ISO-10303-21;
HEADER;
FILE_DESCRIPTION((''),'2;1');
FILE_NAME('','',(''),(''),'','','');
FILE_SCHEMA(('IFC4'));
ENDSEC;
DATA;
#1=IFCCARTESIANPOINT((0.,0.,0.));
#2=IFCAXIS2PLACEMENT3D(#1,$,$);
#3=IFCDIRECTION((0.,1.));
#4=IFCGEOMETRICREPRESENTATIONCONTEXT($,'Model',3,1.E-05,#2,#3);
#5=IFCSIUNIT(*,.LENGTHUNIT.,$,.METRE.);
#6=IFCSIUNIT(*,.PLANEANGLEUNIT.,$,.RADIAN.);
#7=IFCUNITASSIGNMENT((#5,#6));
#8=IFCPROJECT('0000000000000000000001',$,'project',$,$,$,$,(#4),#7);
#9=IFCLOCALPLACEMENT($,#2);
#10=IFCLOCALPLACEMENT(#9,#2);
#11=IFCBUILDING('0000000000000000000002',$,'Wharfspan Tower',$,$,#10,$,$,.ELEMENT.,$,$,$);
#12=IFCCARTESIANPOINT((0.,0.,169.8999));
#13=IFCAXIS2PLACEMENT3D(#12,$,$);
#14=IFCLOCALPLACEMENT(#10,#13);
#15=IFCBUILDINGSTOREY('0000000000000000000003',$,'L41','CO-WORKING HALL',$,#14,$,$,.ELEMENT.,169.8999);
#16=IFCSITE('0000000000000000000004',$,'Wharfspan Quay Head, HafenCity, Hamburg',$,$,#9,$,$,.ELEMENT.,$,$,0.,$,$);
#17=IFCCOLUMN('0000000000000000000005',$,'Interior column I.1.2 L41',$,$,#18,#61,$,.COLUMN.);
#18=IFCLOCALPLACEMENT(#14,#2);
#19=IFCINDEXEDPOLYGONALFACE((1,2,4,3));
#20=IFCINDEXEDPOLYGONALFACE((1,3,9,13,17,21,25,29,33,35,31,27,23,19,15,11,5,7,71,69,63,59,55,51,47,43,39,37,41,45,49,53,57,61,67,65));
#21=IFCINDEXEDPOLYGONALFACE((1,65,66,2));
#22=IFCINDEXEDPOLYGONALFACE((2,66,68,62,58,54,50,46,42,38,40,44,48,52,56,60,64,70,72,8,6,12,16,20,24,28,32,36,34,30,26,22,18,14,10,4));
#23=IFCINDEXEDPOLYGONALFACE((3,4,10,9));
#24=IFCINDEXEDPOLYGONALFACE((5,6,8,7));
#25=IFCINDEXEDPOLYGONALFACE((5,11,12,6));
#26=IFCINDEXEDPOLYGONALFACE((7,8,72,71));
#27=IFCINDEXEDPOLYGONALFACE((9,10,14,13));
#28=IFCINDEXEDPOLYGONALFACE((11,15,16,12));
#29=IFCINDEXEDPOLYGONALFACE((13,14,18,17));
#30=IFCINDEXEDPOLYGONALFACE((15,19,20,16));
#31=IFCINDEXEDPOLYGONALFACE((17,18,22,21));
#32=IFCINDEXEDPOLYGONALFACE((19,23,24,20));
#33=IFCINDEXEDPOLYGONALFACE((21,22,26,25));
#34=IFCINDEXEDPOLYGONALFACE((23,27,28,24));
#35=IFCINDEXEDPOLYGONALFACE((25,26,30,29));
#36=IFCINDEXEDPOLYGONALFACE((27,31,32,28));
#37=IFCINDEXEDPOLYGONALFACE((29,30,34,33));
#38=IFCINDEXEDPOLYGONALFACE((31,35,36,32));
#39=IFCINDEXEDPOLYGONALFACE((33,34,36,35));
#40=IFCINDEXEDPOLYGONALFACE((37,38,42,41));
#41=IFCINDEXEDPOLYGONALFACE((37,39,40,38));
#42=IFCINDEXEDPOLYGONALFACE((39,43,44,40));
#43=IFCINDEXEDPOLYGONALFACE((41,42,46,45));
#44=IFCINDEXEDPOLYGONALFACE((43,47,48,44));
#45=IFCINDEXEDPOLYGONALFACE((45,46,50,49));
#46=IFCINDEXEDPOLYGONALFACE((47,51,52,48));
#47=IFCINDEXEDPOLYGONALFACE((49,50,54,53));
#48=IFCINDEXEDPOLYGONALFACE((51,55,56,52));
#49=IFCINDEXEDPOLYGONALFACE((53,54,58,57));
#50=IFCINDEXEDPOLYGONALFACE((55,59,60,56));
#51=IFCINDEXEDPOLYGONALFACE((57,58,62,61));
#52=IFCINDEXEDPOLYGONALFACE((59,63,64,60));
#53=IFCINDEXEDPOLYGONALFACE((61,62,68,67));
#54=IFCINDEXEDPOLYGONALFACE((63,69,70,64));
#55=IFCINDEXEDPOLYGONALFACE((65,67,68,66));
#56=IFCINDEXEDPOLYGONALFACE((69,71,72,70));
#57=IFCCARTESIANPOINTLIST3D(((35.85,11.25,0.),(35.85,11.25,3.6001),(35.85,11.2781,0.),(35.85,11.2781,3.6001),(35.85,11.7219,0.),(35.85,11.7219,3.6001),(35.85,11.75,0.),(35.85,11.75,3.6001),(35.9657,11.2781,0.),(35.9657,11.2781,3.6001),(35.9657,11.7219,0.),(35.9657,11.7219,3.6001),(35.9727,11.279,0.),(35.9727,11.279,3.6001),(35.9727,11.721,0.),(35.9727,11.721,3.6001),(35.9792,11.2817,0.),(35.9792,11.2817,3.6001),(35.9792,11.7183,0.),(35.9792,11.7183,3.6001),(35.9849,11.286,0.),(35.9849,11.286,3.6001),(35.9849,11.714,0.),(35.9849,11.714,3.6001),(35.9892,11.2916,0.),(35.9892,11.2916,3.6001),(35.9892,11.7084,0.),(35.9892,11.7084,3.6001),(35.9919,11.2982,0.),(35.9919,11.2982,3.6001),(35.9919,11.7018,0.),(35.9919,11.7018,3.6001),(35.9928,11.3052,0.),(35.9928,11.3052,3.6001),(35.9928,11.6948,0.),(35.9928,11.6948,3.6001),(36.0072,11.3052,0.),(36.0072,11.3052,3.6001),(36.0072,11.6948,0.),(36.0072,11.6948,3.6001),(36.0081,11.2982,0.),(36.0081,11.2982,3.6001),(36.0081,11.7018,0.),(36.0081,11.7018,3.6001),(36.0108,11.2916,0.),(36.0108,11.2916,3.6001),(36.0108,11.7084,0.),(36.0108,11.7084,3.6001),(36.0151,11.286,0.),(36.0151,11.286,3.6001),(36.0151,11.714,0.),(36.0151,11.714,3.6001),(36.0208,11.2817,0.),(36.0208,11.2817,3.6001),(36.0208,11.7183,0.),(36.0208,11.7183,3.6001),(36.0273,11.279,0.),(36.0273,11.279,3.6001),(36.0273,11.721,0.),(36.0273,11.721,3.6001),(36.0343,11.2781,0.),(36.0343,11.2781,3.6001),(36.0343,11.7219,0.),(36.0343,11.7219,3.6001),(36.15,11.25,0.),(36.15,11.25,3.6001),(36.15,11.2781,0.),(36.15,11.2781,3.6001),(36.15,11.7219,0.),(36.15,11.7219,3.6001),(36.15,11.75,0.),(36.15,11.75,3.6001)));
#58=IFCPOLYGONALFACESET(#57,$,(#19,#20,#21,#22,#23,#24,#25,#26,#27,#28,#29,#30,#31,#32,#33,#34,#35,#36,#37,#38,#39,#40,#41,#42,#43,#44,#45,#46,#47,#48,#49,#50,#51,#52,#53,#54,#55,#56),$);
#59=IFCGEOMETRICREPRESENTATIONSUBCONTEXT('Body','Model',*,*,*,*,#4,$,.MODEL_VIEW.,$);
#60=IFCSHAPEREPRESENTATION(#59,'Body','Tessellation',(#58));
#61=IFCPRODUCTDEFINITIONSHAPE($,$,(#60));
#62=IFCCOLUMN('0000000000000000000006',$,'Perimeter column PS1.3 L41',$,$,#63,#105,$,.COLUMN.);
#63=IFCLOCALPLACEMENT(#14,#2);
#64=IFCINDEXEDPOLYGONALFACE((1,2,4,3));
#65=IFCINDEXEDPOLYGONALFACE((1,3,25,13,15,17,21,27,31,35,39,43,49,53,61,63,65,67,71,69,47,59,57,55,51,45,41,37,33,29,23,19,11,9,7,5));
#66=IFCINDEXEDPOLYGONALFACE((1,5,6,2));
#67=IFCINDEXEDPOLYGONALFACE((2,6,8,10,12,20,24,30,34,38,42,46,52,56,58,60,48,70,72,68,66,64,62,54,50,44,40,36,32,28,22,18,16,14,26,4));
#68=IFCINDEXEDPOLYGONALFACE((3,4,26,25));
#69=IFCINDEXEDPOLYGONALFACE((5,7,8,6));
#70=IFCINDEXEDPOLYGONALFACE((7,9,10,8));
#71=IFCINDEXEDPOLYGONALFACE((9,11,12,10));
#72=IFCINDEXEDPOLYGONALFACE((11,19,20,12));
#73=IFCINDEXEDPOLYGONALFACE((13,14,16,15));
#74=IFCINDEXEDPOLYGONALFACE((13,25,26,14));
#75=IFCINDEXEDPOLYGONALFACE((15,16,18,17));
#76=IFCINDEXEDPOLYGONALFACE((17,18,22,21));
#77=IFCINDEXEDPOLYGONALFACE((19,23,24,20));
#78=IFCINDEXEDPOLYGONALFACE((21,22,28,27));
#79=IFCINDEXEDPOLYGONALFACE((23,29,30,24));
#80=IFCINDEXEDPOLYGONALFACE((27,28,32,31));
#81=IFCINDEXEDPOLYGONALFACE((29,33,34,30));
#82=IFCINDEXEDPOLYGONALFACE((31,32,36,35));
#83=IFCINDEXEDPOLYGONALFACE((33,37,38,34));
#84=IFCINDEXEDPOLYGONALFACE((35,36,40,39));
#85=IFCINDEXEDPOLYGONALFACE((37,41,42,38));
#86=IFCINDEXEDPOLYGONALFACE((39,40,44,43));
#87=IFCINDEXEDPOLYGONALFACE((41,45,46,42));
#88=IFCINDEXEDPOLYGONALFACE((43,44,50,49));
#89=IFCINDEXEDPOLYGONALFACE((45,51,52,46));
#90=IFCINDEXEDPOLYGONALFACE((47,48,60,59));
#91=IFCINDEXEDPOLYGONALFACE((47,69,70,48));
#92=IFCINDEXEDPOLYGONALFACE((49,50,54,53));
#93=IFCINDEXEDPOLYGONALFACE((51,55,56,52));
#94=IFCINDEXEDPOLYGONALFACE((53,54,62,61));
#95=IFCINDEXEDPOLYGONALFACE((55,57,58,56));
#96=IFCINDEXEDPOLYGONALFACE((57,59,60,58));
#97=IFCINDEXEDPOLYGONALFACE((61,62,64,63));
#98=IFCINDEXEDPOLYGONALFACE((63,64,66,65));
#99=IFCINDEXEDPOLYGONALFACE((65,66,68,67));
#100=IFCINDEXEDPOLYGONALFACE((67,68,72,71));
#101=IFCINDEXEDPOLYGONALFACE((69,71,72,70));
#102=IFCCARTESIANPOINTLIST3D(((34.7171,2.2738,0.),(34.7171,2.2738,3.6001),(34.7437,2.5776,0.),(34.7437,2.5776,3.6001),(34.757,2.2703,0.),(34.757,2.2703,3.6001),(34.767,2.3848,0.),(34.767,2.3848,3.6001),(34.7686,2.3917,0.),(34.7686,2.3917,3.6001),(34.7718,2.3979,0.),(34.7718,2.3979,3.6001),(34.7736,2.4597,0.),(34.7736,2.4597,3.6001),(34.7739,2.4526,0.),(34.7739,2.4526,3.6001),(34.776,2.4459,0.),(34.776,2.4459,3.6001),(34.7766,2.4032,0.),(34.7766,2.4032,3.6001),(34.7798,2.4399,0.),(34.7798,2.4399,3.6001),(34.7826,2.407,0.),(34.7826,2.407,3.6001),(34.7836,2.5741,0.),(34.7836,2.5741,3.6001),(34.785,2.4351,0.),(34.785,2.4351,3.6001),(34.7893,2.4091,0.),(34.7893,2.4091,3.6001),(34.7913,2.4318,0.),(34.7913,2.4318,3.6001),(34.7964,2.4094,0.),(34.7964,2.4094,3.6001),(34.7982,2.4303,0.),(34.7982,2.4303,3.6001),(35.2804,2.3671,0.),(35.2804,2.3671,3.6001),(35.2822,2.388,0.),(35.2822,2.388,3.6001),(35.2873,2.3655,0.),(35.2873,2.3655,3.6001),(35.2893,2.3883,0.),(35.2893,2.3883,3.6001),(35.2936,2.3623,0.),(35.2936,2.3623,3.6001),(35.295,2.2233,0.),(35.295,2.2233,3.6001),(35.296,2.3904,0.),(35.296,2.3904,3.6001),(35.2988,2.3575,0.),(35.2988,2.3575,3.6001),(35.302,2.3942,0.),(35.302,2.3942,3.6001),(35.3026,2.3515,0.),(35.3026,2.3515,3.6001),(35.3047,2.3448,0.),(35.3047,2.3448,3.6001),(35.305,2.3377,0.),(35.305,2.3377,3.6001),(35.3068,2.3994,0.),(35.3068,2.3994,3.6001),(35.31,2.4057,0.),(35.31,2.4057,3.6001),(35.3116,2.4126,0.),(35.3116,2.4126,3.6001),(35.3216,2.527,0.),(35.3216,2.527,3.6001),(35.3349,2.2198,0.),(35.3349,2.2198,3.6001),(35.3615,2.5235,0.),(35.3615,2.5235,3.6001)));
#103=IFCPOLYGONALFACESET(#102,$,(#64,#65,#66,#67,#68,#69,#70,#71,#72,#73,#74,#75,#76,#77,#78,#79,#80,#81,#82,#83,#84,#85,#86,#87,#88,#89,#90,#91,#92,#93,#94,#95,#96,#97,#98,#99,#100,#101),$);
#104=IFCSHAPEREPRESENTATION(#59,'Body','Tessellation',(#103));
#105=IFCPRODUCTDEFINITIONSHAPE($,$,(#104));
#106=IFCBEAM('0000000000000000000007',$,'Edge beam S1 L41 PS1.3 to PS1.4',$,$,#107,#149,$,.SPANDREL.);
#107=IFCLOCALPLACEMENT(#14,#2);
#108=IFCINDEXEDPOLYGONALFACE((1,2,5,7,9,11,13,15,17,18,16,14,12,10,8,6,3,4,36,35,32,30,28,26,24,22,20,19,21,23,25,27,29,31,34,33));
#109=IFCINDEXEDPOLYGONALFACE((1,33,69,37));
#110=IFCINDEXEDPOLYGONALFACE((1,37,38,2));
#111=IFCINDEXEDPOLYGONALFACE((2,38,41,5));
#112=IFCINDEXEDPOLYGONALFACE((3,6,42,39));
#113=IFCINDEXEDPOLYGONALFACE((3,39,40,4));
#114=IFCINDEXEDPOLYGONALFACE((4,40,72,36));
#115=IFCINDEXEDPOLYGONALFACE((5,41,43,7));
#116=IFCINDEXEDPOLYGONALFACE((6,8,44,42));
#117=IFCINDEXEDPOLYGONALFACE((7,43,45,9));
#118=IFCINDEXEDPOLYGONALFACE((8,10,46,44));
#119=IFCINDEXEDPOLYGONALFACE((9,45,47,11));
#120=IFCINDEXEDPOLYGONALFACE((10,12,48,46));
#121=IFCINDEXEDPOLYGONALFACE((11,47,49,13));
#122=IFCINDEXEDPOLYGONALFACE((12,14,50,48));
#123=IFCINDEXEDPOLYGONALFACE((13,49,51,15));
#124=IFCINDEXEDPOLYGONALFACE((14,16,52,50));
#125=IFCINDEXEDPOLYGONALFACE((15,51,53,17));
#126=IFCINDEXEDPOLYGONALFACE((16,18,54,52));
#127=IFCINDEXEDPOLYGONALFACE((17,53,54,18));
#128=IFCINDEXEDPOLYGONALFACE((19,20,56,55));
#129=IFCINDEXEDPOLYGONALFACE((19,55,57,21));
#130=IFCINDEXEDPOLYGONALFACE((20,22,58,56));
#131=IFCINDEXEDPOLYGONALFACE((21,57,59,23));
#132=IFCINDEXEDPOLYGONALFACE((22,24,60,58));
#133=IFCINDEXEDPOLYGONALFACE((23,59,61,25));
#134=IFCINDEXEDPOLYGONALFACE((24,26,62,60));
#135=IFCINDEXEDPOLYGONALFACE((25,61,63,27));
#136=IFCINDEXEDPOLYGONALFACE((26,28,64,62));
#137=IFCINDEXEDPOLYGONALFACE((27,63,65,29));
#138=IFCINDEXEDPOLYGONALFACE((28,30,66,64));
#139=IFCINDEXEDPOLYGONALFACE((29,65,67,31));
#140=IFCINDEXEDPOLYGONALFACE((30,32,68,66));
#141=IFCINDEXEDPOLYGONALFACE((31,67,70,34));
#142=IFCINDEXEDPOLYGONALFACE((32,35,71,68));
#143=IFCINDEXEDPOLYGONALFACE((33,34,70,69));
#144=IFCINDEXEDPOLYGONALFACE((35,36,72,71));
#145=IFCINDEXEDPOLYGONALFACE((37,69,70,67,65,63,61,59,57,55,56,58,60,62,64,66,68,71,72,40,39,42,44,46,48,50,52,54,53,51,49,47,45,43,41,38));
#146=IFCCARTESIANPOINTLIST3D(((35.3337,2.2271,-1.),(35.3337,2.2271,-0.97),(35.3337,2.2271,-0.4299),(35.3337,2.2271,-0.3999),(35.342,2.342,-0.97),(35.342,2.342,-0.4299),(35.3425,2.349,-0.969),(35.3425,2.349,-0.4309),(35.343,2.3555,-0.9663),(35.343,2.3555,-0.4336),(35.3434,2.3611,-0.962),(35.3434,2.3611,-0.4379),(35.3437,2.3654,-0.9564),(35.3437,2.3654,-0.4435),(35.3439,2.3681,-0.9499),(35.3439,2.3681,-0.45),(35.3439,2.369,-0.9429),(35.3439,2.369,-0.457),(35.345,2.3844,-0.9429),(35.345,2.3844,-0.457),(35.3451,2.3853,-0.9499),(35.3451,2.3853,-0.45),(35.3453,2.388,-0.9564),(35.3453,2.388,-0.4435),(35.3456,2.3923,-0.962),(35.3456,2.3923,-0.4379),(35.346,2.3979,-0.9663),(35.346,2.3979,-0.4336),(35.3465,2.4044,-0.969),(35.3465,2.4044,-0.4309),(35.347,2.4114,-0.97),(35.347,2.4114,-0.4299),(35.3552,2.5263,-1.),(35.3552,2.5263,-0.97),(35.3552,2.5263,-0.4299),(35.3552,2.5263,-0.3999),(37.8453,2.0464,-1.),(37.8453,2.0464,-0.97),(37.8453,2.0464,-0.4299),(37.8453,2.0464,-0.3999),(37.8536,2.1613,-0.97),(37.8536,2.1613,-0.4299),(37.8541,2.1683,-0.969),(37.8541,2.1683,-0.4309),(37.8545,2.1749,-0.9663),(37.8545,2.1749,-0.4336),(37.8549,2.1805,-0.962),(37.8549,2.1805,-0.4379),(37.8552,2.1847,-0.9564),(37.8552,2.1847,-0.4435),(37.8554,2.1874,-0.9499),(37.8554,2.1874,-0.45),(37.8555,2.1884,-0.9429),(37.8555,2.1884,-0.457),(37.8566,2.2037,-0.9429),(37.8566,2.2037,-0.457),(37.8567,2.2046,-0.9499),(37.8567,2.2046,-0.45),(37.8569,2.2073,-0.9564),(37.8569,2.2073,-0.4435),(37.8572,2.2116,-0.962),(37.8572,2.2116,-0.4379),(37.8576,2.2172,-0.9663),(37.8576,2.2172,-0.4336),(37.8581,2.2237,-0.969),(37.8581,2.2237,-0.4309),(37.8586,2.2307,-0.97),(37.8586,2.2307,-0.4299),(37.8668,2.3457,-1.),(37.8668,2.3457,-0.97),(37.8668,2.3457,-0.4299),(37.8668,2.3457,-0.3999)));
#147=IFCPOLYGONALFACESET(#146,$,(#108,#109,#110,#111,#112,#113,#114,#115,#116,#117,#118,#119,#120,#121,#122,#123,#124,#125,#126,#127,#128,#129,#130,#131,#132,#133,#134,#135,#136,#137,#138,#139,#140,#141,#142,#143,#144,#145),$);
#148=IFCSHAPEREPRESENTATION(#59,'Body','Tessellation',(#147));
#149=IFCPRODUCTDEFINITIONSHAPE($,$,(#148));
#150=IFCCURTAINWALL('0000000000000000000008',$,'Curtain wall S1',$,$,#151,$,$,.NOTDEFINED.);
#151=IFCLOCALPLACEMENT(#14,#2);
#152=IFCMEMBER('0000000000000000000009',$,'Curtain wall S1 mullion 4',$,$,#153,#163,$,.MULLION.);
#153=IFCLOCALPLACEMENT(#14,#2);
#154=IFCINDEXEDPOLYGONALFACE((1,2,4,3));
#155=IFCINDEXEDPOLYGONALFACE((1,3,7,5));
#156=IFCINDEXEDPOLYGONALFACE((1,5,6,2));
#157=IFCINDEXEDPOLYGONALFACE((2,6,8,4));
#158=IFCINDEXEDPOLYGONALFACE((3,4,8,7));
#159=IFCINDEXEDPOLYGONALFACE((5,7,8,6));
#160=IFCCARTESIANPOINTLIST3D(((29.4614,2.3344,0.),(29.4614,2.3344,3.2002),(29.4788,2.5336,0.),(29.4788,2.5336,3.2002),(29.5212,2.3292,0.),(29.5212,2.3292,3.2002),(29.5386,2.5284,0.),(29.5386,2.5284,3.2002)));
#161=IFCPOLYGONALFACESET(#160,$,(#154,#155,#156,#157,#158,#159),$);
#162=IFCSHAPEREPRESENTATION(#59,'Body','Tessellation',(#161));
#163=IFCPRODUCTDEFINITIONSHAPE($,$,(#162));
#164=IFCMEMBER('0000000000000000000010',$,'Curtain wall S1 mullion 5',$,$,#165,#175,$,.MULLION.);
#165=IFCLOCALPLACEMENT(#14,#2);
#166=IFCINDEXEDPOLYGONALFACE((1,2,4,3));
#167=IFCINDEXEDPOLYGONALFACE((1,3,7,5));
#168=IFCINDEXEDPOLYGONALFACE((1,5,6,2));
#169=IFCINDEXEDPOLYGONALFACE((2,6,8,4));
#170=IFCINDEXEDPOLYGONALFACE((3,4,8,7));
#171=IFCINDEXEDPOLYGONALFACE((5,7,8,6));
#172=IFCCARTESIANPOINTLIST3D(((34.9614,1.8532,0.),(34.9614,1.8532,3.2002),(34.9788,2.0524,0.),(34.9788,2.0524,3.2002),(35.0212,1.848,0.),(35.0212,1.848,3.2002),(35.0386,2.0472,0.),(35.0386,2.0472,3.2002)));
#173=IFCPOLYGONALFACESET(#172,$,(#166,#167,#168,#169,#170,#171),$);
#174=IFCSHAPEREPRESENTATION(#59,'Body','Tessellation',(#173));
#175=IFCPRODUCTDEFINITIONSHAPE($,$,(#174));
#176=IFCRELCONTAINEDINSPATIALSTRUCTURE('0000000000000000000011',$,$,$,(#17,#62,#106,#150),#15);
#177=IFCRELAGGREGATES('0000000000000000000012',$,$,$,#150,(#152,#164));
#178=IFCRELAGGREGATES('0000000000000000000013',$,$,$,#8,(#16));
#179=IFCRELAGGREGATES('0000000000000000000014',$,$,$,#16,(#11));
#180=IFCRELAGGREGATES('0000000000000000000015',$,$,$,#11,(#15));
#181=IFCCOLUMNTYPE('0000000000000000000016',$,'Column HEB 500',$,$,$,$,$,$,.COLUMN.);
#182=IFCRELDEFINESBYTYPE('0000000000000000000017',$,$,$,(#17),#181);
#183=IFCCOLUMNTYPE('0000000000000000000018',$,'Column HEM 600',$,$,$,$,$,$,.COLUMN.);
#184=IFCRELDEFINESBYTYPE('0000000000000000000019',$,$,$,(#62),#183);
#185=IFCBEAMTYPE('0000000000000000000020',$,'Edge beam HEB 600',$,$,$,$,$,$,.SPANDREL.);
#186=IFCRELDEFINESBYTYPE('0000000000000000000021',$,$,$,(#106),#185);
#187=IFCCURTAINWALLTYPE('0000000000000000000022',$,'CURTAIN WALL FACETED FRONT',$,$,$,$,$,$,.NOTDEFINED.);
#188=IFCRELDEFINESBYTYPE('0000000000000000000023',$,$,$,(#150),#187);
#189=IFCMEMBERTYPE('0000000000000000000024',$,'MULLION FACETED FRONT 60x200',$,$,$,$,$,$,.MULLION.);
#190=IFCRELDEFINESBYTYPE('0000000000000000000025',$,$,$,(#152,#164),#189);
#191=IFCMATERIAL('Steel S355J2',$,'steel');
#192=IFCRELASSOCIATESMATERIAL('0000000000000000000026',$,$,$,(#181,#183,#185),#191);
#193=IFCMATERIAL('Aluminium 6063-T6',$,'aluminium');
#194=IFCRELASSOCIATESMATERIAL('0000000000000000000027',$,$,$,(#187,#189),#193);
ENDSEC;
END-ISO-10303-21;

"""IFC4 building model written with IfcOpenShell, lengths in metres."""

from ifc_helpers import new_model, si_unit, direction, frame, origin, origin_2d, place, context, subcontext, project, spatial, rectangle, i_section, extrude, material, material_profile, profile_set, type_object, element, aggregate, save


model = new_model("IFC4")

# Units and contexts
model_context = context("Model", 3, precision=1e-05, world=origin(), true_north=direction((0.0, 1.0)))
body_context = subcontext(model_context, "Body", "Model", "MODEL_VIEW")
ifc_project = project(units=[si_unit("LENGTHUNIT", "METRE"), si_unit("PLANEANGLEUNIT", "RADIAN")], contexts=[model_context])

# Site, building, storey
site_placement = place(None, origin())
site = spatial("IfcSite", under=ifc_project, at=site_placement, Name="Wharfspan Quay Head, HafenCity, Hamburg", CompositionType="ELEMENT", RefElevation=0.0)
building_placement = place(site_placement, origin())
building = spatial("IfcBuilding", under=site, at=building_placement, Name="Wharfspan Tower", CompositionType="ELEMENT")
storey_placement = place(building_placement, frame((0.0, 0.0, 169.8999)))
storey = spatial("IfcBuildingStorey", under=building, at=storey_placement, Name="L41", Description="CO-WORKING HALL", CompositionType="ELEMENT", Elevation=169.8999)

# Columns
ifc_material_1 = material(Name="Steel S355J2", Category="steel")
ifc_material_profile_1 = material_profile(ifc_material_1, i_section(OverallWidth=0.3, OverallDepth=0.5, WebThickness=0.0144, FlangeThickness=0.0281, FilletRadius=0.0271, at=origin_2d()))
ifc_profile_set_1 = profile_set([ifc_material_profile_1], Name="Steel S355J2")
column_type_1 = type_object("IfcColumnType", Name="Column HEB 500", PredefinedType="COLUMN", material=ifc_profile_set_1)
column_1_placement = place(storey_placement, frame((36.0, 11.5, 0.0), z_axis=(0.0, 0.0, 1.0), x_axis=(1.0, 0.0, 0.0)))
element("IfcColumn", 1, at=column_1_placement, inside=storey, type_object=column_type_1, Name="Interior column I.1.2 L41", PredefinedType="COLUMN", context=body_context, shape_type="SweptSolid", body=[
    extrude(i_section(OverallWidth=0.3, OverallDepth=0.5, WebThickness=0.0144, FlangeThickness=0.0281, FilletRadius=0.0271, at=origin_2d()), origin(), (0.0, 0.0, 1.0), 3.6001),
])
ifc_material_profile_2 = material_profile(ifc_material_1, i_section(OverallWidth=0.3049, OverallDepth=0.6201, WebThickness=0.021, FlangeThickness=0.04, FilletRadius=0.0271, at=origin_2d()))
ifc_profile_set_2 = profile_set([ifc_material_profile_2], Name="Steel S355J2")
column_type_2 = type_object("IfcColumnType", Name="Column HEM 600", PredefinedType="COLUMN", material=ifc_profile_set_2)
column_2_placement = place(storey_placement, frame((35.0393, 2.3987, 0.0), z_axis=(0.0, 0.0, 1.0), x_axis=(-0.087156, -0.996198, 0.0)))
element("IfcColumn", 2, at=column_2_placement, inside=storey, type_object=column_type_2, Name="Perimeter column PS1.3 L41", PredefinedType="COLUMN", context=body_context, shape_type="SweptSolid", body=[
    extrude(i_section(OverallWidth=0.3049, OverallDepth=0.6201, WebThickness=0.021, FlangeThickness=0.04, FilletRadius=0.0271, at=origin_2d()), origin(), (0.0, 0.0, 1.0), 3.6001),
])

# Beam
ifc_material_profile_3 = material_profile(ifc_material_1, i_section(OverallWidth=0.3, OverallDepth=0.6001, WebThickness=0.0154, FlangeThickness=0.03, FilletRadius=0.0271, at=origin_2d()))
ifc_profile_set_3 = profile_set([ifc_material_profile_3], Name="Steel S355J2")
beam_type = type_object("IfcBeamType", Name="Edge beam HEB 600", PredefinedType="SPANDREL", material=ifc_profile_set_3)
beam_placement = place(storey_placement, frame((35.3445, 2.3767, -0.7), z_axis=(0.997423, -0.07175, 0.0), x_axis=(0.07175, 0.997423, 0.0)))
element("IfcBeam", 3, at=beam_placement, inside=storey, type_object=beam_type, Name="Edge beam S1 L41 PS1.3 to PS1.4", PredefinedType="SPANDREL", context=body_context, shape_type="SweptSolid", body=[
    extrude(i_section(OverallWidth=0.3, OverallDepth=0.6001, WebThickness=0.0154, FlangeThickness=0.03, FilletRadius=0.0271, at=origin_2d()), origin(), (0.0, 0.0, 1.0), 2.5181),
])

# Curtain wall, members
ifc_material_2 = material(Name="Aluminium 6063-T6", Category="aluminium")
curtain_wall_type = type_object("IfcCurtainWallType", Name="CURTAIN WALL FACETED FRONT", PredefinedType="NOTDEFINED", material=ifc_material_2)
curtain_wall_placement = place(storey_placement, origin())
curtain_wall = element("IfcCurtainWall", 4, at=curtain_wall_placement, inside=storey, type_object=curtain_wall_type, Name="Curtain wall S1", PredefinedType="NOTDEFINED")
ifc_material_profile_4 = material_profile(ifc_material_2, rectangle(XDim=0.2, YDim=0.0601, at=origin_2d()))
ifc_profile_set_4 = profile_set([ifc_material_profile_4], Name="Aluminium 6063-T6")
member_type_1 = type_object("IfcMemberType", Name="MULLION FACETED FRONT 60x200", PredefinedType="MULLION", material=ifc_profile_set_4)
member_1_placement = place(storey_placement, frame((29.5, 2.4314, 0.0), z_axis=(0.0, 0.0, 1.0), x_axis=(0.087156, 0.996198, 0.0)))
member_1 = element("IfcMember", 5, at=member_1_placement, type_object=member_type_1, Name="Curtain wall S1 mullion 4", PredefinedType="MULLION", context=body_context, shape_type="SweptSolid", body=[
    extrude(rectangle(XDim=0.2, YDim=0.0601, at=origin_2d()), origin(), (0.0, 0.0, 1.0), 3.2002),
])
member_2_placement = place(storey_placement, frame((35.0, 1.9502, 0.0), z_axis=(0.0, 0.0, 1.0), x_axis=(0.087156, 0.996198, 0.0)))
member_2 = element("IfcMember", 6, at=member_2_placement, type_object=member_type_1, Name="Curtain wall S1 mullion 5", PredefinedType="MULLION", context=body_context, shape_type="SweptSolid", body=[
    extrude(rectangle(XDim=0.2, YDim=0.0601, at=origin_2d()), origin(), (0.0, 0.0, 1.0), 3.2002),
])

aggregate(curtain_wall, [member_1, member_2])

save(model, "model.ifc")
